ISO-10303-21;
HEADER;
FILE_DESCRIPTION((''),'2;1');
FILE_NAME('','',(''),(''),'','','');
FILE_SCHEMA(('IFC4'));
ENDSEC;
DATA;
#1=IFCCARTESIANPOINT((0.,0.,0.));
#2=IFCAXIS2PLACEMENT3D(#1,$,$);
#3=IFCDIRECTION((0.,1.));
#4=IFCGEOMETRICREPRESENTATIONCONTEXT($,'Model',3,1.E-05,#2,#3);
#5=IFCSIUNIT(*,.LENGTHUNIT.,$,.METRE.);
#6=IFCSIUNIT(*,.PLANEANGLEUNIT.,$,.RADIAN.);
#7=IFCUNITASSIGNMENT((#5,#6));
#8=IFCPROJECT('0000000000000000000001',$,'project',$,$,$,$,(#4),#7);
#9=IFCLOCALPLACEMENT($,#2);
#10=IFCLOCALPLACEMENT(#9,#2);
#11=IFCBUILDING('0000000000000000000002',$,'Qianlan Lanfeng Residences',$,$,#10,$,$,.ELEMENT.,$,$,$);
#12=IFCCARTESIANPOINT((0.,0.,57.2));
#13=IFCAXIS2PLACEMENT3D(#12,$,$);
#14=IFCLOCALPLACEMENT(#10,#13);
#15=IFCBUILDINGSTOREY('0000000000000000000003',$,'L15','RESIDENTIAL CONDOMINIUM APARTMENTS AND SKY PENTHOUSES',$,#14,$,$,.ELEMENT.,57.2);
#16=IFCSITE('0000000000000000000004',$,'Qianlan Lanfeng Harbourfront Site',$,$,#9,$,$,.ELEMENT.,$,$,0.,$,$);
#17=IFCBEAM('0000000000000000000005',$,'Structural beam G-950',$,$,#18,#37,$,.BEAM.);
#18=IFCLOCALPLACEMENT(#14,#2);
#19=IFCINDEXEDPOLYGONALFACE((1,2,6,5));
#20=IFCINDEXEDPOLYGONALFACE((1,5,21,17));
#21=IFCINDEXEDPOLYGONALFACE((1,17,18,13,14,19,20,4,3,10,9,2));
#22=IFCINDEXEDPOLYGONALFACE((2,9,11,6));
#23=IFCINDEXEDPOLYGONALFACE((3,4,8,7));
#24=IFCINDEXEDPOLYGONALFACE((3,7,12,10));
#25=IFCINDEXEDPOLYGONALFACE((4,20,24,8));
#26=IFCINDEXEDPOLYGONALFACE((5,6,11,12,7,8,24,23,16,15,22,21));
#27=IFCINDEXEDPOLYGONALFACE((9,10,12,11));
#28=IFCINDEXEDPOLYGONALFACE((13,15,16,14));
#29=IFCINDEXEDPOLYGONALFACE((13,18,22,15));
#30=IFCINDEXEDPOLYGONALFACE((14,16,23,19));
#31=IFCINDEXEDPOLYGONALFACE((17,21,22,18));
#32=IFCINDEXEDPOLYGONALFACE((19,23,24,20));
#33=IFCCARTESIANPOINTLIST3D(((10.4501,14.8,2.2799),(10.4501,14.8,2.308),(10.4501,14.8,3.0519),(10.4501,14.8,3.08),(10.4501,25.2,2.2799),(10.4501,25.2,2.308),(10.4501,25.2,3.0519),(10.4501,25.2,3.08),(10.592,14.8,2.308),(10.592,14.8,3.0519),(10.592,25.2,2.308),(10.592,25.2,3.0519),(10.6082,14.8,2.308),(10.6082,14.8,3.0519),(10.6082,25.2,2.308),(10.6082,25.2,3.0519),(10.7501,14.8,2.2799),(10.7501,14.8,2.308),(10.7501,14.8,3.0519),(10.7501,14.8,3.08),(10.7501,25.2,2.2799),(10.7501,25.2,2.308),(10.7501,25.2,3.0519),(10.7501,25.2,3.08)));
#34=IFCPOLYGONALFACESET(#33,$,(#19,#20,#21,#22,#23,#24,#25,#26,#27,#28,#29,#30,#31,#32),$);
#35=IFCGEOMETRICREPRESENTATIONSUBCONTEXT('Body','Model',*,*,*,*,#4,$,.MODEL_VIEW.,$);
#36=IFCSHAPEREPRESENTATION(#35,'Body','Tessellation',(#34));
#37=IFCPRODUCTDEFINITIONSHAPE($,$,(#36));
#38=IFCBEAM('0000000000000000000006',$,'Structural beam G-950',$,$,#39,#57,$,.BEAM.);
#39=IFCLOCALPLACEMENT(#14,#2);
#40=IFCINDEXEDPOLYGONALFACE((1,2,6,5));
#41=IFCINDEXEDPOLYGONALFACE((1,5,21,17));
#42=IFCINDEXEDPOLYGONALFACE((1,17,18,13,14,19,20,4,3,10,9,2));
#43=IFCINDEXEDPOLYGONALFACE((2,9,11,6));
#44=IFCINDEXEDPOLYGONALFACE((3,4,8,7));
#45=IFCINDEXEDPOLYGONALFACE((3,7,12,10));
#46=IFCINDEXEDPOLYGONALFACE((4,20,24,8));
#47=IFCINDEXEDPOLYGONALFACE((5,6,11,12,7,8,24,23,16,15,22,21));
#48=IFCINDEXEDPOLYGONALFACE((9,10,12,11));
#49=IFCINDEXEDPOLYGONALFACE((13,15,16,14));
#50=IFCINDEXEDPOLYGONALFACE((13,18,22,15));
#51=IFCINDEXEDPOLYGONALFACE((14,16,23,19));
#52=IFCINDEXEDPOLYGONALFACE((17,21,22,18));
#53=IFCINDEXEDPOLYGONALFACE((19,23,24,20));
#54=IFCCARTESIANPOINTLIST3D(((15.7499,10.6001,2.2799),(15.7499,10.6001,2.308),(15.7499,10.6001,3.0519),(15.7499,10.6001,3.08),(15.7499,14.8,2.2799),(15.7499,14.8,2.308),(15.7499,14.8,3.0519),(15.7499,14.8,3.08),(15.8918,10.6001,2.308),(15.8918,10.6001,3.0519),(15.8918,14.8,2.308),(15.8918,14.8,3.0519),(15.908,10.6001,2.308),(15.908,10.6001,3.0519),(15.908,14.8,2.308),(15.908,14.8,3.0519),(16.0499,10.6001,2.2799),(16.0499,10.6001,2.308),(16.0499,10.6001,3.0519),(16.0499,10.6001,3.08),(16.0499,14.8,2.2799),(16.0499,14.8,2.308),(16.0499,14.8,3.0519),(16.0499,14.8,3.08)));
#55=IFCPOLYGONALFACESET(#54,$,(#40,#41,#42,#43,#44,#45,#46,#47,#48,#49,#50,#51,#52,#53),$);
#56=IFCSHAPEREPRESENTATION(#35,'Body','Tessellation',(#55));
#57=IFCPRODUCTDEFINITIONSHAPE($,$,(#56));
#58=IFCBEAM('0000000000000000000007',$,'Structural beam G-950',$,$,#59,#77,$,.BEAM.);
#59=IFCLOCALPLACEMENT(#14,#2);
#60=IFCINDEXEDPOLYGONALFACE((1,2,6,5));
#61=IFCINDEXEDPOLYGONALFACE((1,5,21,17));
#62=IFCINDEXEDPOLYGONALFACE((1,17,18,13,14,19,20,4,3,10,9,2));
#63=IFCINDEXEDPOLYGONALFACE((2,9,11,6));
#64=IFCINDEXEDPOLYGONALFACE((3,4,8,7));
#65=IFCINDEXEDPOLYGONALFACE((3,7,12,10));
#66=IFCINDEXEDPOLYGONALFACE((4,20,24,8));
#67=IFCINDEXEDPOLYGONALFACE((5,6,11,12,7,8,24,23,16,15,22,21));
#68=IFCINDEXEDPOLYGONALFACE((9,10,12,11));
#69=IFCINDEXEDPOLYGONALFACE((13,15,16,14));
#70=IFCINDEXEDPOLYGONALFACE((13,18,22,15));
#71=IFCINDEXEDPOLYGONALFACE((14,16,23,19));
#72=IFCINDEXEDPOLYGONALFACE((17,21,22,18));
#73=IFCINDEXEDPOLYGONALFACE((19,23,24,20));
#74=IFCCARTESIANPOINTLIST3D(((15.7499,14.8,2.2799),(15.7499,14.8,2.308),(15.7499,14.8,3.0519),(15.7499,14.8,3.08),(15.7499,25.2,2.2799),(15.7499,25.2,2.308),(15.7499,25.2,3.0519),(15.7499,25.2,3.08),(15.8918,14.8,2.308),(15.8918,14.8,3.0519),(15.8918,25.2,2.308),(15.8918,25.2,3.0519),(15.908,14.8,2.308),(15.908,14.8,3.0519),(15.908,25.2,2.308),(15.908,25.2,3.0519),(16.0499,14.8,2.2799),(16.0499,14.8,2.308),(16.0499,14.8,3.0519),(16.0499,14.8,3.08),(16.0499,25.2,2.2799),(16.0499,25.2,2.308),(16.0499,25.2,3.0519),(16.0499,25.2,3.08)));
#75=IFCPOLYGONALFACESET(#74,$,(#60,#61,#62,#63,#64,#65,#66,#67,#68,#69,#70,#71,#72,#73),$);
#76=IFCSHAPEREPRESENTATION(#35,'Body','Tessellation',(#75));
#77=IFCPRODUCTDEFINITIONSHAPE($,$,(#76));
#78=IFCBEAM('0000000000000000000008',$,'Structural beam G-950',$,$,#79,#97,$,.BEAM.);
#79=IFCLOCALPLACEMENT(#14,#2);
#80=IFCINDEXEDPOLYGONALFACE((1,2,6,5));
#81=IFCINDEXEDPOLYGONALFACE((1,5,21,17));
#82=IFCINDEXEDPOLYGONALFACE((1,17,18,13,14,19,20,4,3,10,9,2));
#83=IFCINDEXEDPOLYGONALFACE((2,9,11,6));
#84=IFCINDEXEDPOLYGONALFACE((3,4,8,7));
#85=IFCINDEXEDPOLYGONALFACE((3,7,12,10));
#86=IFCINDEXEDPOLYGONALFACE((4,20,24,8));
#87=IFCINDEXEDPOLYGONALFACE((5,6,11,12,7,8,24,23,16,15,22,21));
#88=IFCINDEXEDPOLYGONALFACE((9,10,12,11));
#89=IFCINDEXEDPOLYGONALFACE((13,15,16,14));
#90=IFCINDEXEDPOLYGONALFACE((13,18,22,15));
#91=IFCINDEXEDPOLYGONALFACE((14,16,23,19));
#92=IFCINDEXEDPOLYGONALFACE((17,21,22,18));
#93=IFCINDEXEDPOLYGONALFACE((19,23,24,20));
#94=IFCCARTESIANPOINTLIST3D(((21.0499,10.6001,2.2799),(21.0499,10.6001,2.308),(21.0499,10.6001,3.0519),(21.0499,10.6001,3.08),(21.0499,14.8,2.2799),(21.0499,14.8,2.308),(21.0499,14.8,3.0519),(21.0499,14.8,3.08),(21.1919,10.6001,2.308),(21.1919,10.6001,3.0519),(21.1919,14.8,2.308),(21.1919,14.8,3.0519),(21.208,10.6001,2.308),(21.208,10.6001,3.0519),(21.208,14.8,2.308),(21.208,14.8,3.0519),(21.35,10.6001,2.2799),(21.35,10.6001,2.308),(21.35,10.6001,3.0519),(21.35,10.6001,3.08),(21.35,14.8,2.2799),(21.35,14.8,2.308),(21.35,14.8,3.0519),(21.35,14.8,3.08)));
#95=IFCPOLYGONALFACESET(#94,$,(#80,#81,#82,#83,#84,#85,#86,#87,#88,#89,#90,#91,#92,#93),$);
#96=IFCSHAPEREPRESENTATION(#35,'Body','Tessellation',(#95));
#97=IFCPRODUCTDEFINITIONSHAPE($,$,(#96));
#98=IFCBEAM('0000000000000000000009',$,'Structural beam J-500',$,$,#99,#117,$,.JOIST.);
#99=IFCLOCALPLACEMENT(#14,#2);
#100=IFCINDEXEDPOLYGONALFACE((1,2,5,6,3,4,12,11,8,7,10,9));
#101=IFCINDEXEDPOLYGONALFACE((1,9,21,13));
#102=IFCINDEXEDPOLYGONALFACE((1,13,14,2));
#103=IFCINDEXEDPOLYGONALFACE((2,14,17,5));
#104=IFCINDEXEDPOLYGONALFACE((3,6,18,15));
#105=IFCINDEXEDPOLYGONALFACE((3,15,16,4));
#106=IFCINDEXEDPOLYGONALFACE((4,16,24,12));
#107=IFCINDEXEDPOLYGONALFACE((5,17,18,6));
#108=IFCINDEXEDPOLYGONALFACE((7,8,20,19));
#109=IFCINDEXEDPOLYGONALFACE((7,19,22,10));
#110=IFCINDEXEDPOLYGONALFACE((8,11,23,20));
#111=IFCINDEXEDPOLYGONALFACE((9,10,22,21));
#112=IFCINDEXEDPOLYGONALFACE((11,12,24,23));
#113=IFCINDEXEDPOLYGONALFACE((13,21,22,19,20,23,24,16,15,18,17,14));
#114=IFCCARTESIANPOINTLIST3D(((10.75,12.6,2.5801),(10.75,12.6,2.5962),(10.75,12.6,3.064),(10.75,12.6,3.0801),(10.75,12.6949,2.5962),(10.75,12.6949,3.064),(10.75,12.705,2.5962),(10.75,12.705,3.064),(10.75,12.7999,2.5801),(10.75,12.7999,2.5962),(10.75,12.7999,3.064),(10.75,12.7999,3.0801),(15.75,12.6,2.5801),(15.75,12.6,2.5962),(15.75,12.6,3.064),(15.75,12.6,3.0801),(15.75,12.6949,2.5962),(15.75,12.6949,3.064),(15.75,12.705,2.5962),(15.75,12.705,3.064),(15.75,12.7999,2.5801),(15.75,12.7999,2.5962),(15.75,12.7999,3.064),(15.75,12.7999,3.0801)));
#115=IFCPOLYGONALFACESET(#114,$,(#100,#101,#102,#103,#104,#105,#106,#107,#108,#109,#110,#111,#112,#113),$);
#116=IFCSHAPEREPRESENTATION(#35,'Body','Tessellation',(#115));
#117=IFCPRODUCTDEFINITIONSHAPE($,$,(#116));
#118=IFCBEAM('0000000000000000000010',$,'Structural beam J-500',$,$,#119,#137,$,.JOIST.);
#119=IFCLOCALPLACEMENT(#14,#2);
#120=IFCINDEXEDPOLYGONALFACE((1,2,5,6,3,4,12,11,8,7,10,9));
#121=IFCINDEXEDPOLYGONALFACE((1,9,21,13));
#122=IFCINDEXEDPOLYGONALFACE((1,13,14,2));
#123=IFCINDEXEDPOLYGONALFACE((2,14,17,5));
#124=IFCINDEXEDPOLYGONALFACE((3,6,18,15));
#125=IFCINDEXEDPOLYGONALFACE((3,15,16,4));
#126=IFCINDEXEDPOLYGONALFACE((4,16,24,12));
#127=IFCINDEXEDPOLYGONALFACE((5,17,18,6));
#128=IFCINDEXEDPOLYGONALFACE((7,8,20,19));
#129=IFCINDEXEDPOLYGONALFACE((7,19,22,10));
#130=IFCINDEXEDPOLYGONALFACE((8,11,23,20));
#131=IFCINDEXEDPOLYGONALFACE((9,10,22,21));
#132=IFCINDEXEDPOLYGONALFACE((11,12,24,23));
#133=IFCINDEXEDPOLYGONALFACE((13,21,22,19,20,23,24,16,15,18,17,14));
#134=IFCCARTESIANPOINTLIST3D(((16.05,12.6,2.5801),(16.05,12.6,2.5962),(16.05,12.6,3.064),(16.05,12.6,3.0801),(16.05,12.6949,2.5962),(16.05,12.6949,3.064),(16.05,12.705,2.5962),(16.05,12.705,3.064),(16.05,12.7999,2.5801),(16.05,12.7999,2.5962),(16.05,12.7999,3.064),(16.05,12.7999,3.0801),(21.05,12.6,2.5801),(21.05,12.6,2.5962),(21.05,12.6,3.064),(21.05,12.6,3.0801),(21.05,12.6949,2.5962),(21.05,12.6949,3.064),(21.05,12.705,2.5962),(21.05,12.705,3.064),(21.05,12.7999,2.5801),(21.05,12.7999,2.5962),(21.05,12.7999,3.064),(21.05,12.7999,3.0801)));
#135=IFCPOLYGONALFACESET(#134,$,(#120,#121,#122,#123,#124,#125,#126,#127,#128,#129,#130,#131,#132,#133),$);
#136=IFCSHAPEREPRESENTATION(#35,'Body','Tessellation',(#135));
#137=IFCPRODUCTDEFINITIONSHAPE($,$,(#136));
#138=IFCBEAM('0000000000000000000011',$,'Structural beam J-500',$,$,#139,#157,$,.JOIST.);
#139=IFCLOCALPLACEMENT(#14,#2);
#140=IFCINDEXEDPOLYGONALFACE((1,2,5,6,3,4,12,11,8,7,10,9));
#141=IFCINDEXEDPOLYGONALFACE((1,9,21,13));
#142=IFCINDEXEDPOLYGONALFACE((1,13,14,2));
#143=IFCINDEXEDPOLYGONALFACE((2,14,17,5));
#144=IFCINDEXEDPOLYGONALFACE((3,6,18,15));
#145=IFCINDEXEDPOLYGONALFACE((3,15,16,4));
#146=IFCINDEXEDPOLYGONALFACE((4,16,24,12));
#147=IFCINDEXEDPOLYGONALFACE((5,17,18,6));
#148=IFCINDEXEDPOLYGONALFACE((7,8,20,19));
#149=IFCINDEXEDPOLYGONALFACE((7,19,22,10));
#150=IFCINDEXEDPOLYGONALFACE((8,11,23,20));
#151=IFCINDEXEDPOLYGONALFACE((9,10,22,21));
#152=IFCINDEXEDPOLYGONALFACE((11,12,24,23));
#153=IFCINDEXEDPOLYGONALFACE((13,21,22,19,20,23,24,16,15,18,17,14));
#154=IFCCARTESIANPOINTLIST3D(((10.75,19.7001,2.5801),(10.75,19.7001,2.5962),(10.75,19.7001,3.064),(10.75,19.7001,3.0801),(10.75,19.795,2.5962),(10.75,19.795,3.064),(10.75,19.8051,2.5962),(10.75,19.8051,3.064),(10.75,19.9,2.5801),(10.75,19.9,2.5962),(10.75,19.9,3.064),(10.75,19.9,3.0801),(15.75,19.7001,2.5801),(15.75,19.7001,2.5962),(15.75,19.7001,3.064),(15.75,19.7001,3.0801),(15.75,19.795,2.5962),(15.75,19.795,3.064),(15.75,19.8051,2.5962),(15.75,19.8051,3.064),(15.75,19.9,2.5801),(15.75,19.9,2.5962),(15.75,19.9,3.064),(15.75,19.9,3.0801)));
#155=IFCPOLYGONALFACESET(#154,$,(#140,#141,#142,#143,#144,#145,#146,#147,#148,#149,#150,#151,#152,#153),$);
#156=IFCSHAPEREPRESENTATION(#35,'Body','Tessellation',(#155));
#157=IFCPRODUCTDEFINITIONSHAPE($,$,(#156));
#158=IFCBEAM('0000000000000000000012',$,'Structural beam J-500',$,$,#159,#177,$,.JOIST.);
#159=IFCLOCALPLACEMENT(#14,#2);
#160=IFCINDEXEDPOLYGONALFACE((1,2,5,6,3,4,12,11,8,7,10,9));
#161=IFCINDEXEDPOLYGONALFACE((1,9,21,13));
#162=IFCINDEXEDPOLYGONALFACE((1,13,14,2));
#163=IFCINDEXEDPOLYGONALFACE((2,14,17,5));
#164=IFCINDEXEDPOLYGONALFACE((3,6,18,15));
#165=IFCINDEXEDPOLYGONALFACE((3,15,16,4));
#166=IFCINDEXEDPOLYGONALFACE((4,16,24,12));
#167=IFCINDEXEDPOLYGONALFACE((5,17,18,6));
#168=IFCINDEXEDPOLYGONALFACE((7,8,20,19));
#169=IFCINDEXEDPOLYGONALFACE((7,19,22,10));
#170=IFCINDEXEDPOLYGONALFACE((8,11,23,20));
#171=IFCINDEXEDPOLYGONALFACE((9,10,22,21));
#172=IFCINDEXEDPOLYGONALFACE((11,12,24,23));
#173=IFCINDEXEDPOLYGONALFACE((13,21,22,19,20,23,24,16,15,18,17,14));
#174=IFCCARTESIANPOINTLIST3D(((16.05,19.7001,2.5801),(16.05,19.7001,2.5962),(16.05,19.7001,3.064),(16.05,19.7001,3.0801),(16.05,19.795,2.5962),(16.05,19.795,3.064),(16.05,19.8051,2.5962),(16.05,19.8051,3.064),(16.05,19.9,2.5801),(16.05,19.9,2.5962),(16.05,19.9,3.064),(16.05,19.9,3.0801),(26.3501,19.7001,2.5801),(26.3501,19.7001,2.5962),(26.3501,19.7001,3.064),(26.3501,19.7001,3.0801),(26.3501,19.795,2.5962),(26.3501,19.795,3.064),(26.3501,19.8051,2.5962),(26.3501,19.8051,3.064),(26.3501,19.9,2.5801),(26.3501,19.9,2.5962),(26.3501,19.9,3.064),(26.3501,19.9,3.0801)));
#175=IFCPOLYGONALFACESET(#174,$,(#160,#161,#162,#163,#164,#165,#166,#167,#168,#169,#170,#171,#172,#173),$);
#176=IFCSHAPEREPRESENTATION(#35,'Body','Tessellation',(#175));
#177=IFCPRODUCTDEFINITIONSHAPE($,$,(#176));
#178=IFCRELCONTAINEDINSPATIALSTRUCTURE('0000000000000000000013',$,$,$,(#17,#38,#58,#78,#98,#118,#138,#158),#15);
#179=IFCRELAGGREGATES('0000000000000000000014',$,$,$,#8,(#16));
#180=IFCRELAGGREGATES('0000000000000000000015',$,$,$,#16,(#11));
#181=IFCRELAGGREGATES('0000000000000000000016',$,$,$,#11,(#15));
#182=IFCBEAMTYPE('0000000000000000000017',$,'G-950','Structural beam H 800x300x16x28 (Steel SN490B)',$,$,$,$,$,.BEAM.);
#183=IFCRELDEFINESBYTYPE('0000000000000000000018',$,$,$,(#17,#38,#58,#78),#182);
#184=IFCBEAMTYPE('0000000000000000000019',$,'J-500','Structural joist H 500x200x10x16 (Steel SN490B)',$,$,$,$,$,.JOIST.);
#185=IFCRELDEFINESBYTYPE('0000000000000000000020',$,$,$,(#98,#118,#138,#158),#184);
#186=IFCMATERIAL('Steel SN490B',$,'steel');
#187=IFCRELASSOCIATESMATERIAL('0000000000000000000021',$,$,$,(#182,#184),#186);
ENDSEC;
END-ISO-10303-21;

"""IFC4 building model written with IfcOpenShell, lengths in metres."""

from ifc_helpers import new_model, si_unit, direction, frame, origin, origin_2d, place, context, subcontext, project, spatial, i_section, extrude, material, material_profile, profile_set, type_object, element, save


model = new_model("IFC4")

# Units and contexts
model_context = context("Model", 3, precision=1e-05, world=origin(), true_north=direction((0.0, 1.0)))
body_context = subcontext(model_context, "Body", "Model", "MODEL_VIEW")
ifc_project = project(units=[si_unit("LENGTHUNIT", "METRE"), si_unit("PLANEANGLEUNIT", "RADIAN")], contexts=[model_context])

# Site, building, storey
site_placement = place(None, origin())
site = spatial("IfcSite", under=ifc_project, at=site_placement, Name="Qianlan Lanfeng Harbourfront Site", CompositionType="ELEMENT", RefElevation=0.0)
building_placement = place(site_placement, origin())
building = spatial("IfcBuilding", under=site, at=building_placement, Name="Qianlan Lanfeng Residences", CompositionType="ELEMENT")
storey_placement = place(building_placement, frame((0.0, 0.0, 57.2)))
storey = spatial("IfcBuildingStorey", under=building, at=storey_placement, Name="L15", Description="RESIDENTIAL CONDOMINIUM APARTMENTS AND SKY PENTHOUSES", CompositionType="ELEMENT", Elevation=57.2)

# Shared definitions
ifc_material_1 = material(Name="Steel SN490B", Category="steel")

# Beams
ifc_material_profile_1 = material_profile(ifc_material_1, i_section(OverallWidth=0.3, OverallDepth=0.8, WebThickness=0.0161, FlangeThickness=0.0281, at=origin_2d()), Name="H 800x300x16x28")
ifc_profile_set_1 = profile_set([ifc_material_profile_1], Name="Steel SN490B")
beam_type_1 = type_object("IfcBeamType", Name="G-950", Description="Structural beam H 800x300x16x28 (Steel SN490B)", PredefinedType="BEAM", material=ifc_profile_set_1)
beam_1_placement = place(storey_placement, frame((10.6001, 14.8, 2.6799), z_axis=(0.0, 1.0, 0.0), x_axis=(-1.0, 0.0, 0.0)))
element("IfcBeam", 1, at=beam_1_placement, inside=storey, type_object=beam_type_1, Name="Structural beam G-950", PredefinedType="BEAM", context=body_context, shape_type="SweptSolid", body=[
    extrude(i_section(OverallWidth=0.3, OverallDepth=0.8, WebThickness=0.0161, FlangeThickness=0.0281, at=origin_2d()), origin(), (0.0, 0.0, 1.0), 10.3999),
])
beam_2_placement = place(storey_placement, frame((15.8999, 10.6001, 2.6799), z_axis=(0.0, 1.0, 0.0), x_axis=(-1.0, 0.0, 0.0)))
element("IfcBeam", 2, at=beam_2_placement, inside=storey, type_object=beam_type_1, Name="Structural beam G-950", PredefinedType="BEAM", context=body_context, shape_type="SweptSolid", body=[
    extrude(i_section(OverallWidth=0.3, OverallDepth=0.8, WebThickness=0.0161, FlangeThickness=0.0281, at=origin_2d()), origin(), (0.0, 0.0, 1.0), 4.2),
])
beam_3_placement = place(storey_placement, frame((15.8999, 14.8, 2.6799), z_axis=(0.0, 1.0, 0.0), x_axis=(-1.0, 0.0, 0.0)))
element("IfcBeam", 3, at=beam_3_placement, inside=storey, type_object=beam_type_1, Name="Structural beam G-950", PredefinedType="BEAM", context=body_context, shape_type="SweptSolid", body=[
    extrude(i_section(OverallWidth=0.3, OverallDepth=0.8, WebThickness=0.0161, FlangeThickness=0.0281, at=origin_2d()), origin(), (0.0, 0.0, 1.0), 10.3999),
])
beam_4_placement = place(storey_placement, frame((21.2, 10.6001, 2.6799), z_axis=(0.0, 1.0, 0.0), x_axis=(-1.0, 0.0, 0.0)))
element("IfcBeam", 4, at=beam_4_placement, inside=storey, type_object=beam_type_1, Name="Structural beam G-950", PredefinedType="BEAM", context=body_context, shape_type="SweptSolid", body=[
    extrude(i_section(OverallWidth=0.3, OverallDepth=0.8, WebThickness=0.0161, FlangeThickness=0.0281, at=origin_2d()), origin(), (0.0, 0.0, 1.0), 4.2),
])
ifc_material_profile_2 = material_profile(ifc_material_1, i_section(OverallWidth=0.2, OverallDepth=0.5, WebThickness=0.01, FlangeThickness=0.0161, at=origin_2d()), Name="H 500x200x10x16")
ifc_profile_set_2 = profile_set([ifc_material_profile_2], Name="Steel SN490B")
beam_type_2 = type_object("IfcBeamType", Name="J-500", Description="Structural joist H 500x200x10x16 (Steel SN490B)", PredefinedType="JOIST", material=ifc_profile_set_2)
for number, where, z_axis, x_axis, name in (
    (5, (10.75, 12.7, 2.8301), (1.0, 0.0, 0.0), (0.0, 1.0, 0.0), "Structural beam J-500"),
    (6, (16.05, 12.7, 2.8301), (1.0, 0.0, 0.0), (0.0, 1.0, 0.0), "Structural beam J-500"),
    (7, (10.75, 19.8, 2.8301), (1.0, 0.0, 0.0), (0.0, 1.0, 0.0), "Structural beam J-500"),
):
    element("IfcBeam", number, at=place(storey_placement, frame(where, z_axis=z_axis, x_axis=x_axis)), inside=storey, type_object=beam_type_2, Name=name, PredefinedType="JOIST", context=body_context, shape_type="SweptSolid", body=[
        extrude(i_section(OverallWidth=0.2, OverallDepth=0.5, WebThickness=0.01, FlangeThickness=0.0161, at=origin_2d()), origin(), (0.0, 0.0, 1.0), 5.0),
    ])
beam_5_placement = place(storey_placement, frame((16.05, 19.8, 2.8301), z_axis=(1.0, 0.0, 0.0), x_axis=(0.0, 1.0, 0.0)))
element("IfcBeam", 8, at=beam_5_placement, inside=storey, type_object=beam_type_2, Name="Structural beam J-500", PredefinedType="JOIST", context=body_context, shape_type="SweptSolid", body=[
    extrude(i_section(OverallWidth=0.2, OverallDepth=0.5, WebThickness=0.01, FlangeThickness=0.0161, at=origin_2d()), origin(), (0.0, 0.0, 1.0), 10.3),
])

save(model, "model.ifc")
